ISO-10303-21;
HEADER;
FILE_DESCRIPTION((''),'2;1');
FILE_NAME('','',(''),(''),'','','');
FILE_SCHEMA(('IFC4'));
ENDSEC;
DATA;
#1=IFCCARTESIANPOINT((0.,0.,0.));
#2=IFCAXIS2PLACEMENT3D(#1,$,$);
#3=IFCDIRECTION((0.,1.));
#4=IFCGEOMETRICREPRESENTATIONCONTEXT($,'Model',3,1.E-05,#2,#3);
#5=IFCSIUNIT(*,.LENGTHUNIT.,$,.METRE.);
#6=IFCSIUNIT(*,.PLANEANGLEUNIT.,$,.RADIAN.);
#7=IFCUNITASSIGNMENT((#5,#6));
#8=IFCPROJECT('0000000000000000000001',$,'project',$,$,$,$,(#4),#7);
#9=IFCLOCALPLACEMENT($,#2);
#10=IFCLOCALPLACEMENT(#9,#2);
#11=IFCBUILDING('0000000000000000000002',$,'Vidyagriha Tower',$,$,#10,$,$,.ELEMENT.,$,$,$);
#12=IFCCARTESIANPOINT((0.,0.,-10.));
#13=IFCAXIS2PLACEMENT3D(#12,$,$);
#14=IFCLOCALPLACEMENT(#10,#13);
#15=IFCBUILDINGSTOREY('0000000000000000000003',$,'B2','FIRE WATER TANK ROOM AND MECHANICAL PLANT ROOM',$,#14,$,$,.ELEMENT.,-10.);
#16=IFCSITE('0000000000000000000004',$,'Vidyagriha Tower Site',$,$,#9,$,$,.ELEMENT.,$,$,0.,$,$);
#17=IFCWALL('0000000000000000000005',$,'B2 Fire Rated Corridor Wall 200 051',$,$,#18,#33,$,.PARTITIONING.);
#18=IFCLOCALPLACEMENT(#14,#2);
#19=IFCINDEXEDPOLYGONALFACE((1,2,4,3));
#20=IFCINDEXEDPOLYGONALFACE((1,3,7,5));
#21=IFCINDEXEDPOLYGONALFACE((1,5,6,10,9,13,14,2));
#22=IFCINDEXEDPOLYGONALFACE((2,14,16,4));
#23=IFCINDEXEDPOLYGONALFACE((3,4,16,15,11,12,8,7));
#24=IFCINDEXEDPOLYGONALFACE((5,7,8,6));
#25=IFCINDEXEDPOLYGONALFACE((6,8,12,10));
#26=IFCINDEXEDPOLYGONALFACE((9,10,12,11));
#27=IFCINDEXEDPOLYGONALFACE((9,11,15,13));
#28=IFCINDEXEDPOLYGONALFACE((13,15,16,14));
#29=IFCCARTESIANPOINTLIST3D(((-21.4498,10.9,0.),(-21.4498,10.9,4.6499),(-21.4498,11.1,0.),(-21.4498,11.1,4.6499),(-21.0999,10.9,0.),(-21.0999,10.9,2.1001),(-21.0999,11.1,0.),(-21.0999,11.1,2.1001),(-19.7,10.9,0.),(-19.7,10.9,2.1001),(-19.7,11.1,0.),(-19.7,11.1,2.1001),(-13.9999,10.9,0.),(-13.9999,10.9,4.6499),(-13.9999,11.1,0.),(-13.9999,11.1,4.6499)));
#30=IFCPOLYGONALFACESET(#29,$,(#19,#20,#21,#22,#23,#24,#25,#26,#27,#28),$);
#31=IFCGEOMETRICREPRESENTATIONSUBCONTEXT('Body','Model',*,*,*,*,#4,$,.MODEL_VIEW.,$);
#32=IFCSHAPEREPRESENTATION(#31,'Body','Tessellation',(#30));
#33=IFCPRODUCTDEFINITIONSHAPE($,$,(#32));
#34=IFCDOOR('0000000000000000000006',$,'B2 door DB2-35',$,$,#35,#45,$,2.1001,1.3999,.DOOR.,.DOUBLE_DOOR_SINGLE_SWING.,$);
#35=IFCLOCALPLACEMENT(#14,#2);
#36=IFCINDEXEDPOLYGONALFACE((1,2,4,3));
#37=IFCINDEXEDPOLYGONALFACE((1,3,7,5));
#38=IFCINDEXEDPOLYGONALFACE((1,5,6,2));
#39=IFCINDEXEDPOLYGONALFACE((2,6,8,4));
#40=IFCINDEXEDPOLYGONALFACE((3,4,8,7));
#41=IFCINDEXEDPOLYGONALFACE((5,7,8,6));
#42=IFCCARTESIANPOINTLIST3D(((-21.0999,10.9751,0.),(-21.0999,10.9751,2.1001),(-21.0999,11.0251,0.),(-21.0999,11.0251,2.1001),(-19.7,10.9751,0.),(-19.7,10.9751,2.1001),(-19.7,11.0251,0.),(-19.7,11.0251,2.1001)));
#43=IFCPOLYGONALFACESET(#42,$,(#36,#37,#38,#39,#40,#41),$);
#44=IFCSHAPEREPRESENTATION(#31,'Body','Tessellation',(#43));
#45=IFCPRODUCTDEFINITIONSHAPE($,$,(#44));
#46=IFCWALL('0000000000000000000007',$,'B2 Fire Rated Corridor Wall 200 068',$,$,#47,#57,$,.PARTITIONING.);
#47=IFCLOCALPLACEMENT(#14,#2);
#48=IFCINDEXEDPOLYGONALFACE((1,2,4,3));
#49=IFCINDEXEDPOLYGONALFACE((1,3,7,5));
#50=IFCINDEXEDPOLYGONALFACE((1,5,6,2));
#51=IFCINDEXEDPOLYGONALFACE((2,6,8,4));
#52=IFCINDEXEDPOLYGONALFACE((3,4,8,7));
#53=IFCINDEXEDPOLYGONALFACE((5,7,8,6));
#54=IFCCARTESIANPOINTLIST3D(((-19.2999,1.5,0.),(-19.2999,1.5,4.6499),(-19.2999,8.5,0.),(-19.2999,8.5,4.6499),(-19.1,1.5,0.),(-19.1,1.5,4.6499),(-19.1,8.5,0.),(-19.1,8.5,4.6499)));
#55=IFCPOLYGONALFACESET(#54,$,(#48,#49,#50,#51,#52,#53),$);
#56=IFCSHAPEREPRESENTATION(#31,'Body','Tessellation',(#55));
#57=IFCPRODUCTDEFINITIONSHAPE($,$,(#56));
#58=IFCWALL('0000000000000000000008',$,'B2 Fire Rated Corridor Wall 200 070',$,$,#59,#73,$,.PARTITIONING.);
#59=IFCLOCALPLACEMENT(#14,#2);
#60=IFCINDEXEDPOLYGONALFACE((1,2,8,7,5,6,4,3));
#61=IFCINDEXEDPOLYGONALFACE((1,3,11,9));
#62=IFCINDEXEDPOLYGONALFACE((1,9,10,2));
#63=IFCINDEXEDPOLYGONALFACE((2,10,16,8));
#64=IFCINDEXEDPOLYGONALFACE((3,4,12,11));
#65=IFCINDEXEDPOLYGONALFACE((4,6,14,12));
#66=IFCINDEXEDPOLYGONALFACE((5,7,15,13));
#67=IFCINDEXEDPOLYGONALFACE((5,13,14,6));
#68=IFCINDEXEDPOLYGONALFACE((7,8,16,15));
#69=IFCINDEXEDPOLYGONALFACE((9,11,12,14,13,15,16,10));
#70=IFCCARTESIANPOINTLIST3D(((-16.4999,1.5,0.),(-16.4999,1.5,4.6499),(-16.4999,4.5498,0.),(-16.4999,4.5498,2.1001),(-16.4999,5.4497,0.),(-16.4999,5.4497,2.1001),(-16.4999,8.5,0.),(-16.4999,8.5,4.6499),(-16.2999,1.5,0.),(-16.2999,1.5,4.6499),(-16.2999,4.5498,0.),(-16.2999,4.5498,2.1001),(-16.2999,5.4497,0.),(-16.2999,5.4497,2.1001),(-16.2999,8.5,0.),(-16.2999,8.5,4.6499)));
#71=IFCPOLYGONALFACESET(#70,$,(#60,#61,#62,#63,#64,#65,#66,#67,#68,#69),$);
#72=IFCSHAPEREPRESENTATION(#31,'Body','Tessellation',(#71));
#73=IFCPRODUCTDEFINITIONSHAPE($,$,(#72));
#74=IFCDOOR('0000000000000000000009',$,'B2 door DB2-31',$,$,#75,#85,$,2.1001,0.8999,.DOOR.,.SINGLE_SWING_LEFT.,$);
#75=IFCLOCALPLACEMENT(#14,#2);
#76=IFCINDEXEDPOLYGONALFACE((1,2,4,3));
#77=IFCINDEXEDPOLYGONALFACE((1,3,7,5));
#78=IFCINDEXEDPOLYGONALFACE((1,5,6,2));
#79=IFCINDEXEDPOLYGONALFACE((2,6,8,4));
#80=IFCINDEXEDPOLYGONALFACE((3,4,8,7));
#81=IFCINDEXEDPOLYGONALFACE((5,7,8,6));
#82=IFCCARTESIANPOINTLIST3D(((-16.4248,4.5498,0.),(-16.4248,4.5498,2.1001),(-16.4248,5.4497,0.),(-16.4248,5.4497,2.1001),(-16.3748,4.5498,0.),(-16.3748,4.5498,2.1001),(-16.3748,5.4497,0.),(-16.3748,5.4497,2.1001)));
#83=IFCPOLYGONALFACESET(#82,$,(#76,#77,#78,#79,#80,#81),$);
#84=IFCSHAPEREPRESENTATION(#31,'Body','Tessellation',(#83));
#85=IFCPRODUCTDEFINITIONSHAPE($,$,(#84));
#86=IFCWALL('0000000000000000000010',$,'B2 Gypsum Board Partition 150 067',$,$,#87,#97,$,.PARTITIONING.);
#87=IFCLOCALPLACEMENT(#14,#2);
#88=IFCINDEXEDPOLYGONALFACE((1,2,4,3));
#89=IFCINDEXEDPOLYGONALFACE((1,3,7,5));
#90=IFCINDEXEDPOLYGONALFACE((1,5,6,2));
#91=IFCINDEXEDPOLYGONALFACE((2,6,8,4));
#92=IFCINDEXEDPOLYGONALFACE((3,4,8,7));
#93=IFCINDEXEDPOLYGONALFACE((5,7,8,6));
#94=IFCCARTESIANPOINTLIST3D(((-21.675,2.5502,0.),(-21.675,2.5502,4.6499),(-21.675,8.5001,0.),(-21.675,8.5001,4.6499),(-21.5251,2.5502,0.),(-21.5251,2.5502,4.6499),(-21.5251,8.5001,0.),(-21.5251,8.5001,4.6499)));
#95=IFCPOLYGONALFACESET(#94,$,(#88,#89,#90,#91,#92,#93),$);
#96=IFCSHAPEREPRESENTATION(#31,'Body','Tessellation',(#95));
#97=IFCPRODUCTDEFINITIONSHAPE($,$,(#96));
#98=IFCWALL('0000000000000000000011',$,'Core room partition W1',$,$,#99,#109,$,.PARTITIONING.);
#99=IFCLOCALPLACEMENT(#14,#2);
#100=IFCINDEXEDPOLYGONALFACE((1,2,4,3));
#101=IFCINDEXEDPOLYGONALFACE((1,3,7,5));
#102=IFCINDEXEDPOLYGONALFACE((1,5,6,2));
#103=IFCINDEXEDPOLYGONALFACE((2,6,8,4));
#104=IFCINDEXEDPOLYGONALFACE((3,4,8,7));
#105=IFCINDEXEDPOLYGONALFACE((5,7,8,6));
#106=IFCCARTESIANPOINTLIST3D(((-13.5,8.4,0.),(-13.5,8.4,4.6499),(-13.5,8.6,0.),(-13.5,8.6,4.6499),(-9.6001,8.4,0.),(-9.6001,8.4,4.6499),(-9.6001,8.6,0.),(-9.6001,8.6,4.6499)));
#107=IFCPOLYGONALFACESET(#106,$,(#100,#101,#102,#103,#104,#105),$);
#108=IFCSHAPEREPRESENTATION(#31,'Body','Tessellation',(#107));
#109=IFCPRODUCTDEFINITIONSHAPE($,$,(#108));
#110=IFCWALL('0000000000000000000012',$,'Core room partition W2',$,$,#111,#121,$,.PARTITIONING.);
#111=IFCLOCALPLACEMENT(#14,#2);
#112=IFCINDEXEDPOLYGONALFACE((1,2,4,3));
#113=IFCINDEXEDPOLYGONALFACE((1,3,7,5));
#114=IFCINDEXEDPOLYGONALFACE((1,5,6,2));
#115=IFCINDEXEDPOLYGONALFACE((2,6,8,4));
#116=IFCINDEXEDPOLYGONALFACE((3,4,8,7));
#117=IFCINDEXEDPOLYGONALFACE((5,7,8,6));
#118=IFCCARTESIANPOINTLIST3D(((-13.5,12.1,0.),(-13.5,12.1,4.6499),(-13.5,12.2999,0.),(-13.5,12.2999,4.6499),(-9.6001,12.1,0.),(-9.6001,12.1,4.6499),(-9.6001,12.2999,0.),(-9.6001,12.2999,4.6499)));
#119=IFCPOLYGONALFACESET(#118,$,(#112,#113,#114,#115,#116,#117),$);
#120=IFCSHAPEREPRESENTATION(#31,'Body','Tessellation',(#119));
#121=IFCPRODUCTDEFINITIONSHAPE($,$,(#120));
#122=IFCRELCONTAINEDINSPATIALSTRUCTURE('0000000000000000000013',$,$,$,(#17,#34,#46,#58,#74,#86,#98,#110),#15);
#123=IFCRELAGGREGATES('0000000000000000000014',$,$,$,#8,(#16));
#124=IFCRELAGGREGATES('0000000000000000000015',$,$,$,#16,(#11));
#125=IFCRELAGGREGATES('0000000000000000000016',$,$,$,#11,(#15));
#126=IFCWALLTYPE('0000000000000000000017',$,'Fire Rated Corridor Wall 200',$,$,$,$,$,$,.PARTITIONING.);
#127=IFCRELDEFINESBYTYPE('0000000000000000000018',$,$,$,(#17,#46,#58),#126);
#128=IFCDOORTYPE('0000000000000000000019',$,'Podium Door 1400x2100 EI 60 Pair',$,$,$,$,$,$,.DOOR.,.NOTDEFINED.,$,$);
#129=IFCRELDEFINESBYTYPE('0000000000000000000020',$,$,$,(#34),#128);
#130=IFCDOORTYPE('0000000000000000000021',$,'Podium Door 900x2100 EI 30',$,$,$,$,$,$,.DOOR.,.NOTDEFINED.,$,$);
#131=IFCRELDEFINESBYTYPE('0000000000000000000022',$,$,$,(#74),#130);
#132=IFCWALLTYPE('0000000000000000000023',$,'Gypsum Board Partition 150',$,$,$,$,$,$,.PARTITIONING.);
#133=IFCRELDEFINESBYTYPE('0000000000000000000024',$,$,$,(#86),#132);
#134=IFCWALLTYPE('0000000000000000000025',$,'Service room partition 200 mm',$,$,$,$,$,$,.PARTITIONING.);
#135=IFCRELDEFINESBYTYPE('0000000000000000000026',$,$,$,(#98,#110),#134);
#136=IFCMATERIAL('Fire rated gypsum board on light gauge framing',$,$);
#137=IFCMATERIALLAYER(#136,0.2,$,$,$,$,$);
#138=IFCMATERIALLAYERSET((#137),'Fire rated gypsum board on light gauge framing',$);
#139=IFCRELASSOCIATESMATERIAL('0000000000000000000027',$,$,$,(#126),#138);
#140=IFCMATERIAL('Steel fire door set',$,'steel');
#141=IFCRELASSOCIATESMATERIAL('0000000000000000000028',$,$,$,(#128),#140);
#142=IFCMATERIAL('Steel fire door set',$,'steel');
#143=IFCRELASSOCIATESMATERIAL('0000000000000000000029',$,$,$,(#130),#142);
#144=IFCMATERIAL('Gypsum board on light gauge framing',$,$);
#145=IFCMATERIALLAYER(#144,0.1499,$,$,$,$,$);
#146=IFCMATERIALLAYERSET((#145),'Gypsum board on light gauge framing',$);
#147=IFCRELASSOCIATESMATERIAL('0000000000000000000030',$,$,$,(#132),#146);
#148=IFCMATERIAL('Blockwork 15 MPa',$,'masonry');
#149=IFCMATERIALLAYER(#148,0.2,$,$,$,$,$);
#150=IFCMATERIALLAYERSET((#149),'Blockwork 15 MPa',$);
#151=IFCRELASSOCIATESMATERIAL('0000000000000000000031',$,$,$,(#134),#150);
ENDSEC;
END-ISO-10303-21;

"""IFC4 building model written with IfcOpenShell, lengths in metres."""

from ifc_helpers import new_model, si_unit, direction, frame, frame_2d, origin, place, context, subcontext, project, spatial, rectangle, extrude, material, layer, layer_set, type_object, element, fill, save


model = new_model("IFC4")

# Units and contexts
model_context = context("Model", 3, precision=1e-05, world=origin(), true_north=direction((0.0, 1.0)))
body_context = subcontext(model_context, "Body", "Model", "MODEL_VIEW")
ifc_project = project(units=[si_unit("LENGTHUNIT", "METRE"), si_unit("PLANEANGLEUNIT", "RADIAN")], contexts=[model_context])

# Site, building, storey
site_placement = place(None, origin())
site = spatial("IfcSite", under=ifc_project, at=site_placement, Name="Vidyagriha Tower Site", CompositionType="ELEMENT", RefElevation=0.0)
building_placement = place(site_placement, origin())
building = spatial("IfcBuilding", under=site, at=building_placement, Name="Vidyagriha Tower", CompositionType="ELEMENT")
storey_placement = place(building_placement, frame((0.0, 0.0, -10.0)))
storey = spatial("IfcBuildingStorey", under=building, at=storey_placement, Name="B2", Description="FIRE WATER TANK ROOM AND MECHANICAL PLANT ROOM", CompositionType="ELEMENT", Elevation=-10.0)

# Wall, opening, door
ifc_material_1 = material(Name="Fire rated gypsum board on light gauge framing")
ifc_layer_1 = layer(ifc_material_1, 0.2)
ifc_layer_set_1 = layer_set([ifc_layer_1], Name="Fire rated gypsum board on light gauge framing")
wall_type_1 = type_object("IfcWallType", Name="Fire Rated Corridor Wall 200", PredefinedType="PARTITIONING", material=ifc_layer_set_1)
wall_1_placement = place(storey_placement, frame((-21.45, 11.0, 0.0)))
wall_1 = element("IfcWall", 1, at=wall_1_placement, inside=storey, type_object=wall_type_1, Name="B2 Fire Rated Corridor Wall 200 051", PredefinedType="PARTITIONING", context=body_context, shape_type="SweptSolid", body=[
    extrude(rectangle(XDim=7.45, YDim=0.2, at=frame_2d((3.7251, 0.0))), origin(), (0.0, 0.0, 1.0), 4.6499),
])
opening_1_placement = place(wall_1_placement, frame((0.3501, 0.0, 0.0)))
opening_1 = element("IfcOpeningElement", 2, at=opening_1_placement, cuts=wall_1, PredefinedType="OPENING", context=body_context, shape_type="SweptSolid", body=[
    extrude(rectangle(XDim=1.3999, YDim=2.1001, at=frame_2d((0.7, 1.05))), frame((0.0, 0.1099, 0.0), z_axis=(0.0, -1.0, 0.0), x_axis=(1.0, 0.0, 0.0)), (0.0, 0.0, 1.0), 0.22),
])
ifc_material_2 = material(Name="Steel fire door set", Category="steel")
door_type_1 = type_object("IfcDoorType", Name="Podium Door 1400x2100 EI 60 Pair", OperationType="NOTDEFINED", PredefinedType="DOOR", material=ifc_material_2)
door_1_placement = place(opening_1_placement, frame((1.3999, 0.0, 0.0), z_axis=(0.0, 0.0, 1.0), x_axis=(-1.0, 0.0, 0.0)))
door_1 = element("IfcDoor", 3, at=door_1_placement, inside=storey, type_object=door_type_1, Name="B2 door DB2-35", OperationType="DOUBLE_DOOR_SINGLE_SWING", OverallHeight=2.1001, OverallWidth=1.3999, PredefinedType="DOOR", context=body_context, shape_type="SweptSolid", body=[
    extrude(rectangle(XDim=1.3999, YDim=2.1001, at=frame_2d((0.7, 1.05))), frame((0.0, 0.0249, 0.0), z_axis=(0.0, -1.0, 0.0), x_axis=(1.0, 0.0, 0.0)), (0.0, 0.0, 1.0), 0.05),
])
fill(opening_1, door_1)

# Wall
wall_2_placement = place(storey_placement, frame((-19.2, 1.5, 0.0), z_axis=(0.0, 0.0, 1.0), x_axis=(0.0, 1.0, 0.0)))
element("IfcWall", 4, at=wall_2_placement, inside=storey, type_object=wall_type_1, Name="B2 Fire Rated Corridor Wall 200 068", PredefinedType="PARTITIONING", context=body_context, shape_type="SweptSolid", body=[
    extrude(rectangle(XDim=7.0, YDim=0.2, at=frame_2d((3.5, 0.0))), origin(), (0.0, 0.0, 1.0), 4.6499),
])

# Wall, opening, door
wall_3_placement = place(storey_placement, frame((-16.3999, 1.5, 0.0), z_axis=(0.0, 0.0, 1.0), x_axis=(0.0, 1.0, 0.0)))
wall_3 = element("IfcWall", 5, at=wall_3_placement, inside=storey, type_object=wall_type_1, Name="B2 Fire Rated Corridor Wall 200 070", PredefinedType="PARTITIONING", context=body_context, shape_type="SweptSolid", body=[
    extrude(rectangle(XDim=7.0, YDim=0.2, at=frame_2d((3.5, 0.0))), origin(), (0.0, 0.0, 1.0), 4.6499),
])
opening_2_placement = place(wall_3_placement, frame((3.0498, 0.0, 0.0)))
opening_2 = element("IfcOpeningElement", 6, at=opening_2_placement, cuts=wall_3, PredefinedType="OPENING", context=body_context, shape_type="SweptSolid", body=[
    extrude(rectangle(XDim=0.8999, YDim=2.1001, at=frame_2d((0.45, 1.05))), frame((0.0, 0.1099, 0.0), z_axis=(0.0, -1.0, 0.0), x_axis=(1.0, 0.0, 0.0)), (0.0, 0.0, 1.0), 0.22),
])
ifc_material_3 = material(Name="Steel fire door set", Category="steel")
door_type_2 = type_object("IfcDoorType", Name="Podium Door 900x2100 EI 30", OperationType="NOTDEFINED", PredefinedType="DOOR", material=ifc_material_3)
door_2_placement = place(opening_2_placement, origin())
door_2 = element("IfcDoor", 7, at=door_2_placement, inside=storey, type_object=door_type_2, Name="B2 door DB2-31", OperationType="SINGLE_SWING_LEFT", OverallHeight=2.1001, OverallWidth=0.8999, PredefinedType="DOOR", context=body_context, shape_type="SweptSolid", body=[
    extrude(rectangle(XDim=0.8999, YDim=2.1001, at=frame_2d((0.45, 1.05))), frame((0.0, 0.0249, 0.0), z_axis=(0.0, -1.0, 0.0), x_axis=(1.0, 0.0, 0.0)), (0.0, 0.0, 1.0), 0.05),
])
fill(opening_2, door_2)

# Walls
ifc_material_4 = material(Name="Gypsum board on light gauge framing")
ifc_layer_2 = layer(ifc_material_4, 0.1499)
ifc_layer_set_2 = layer_set([ifc_layer_2], Name="Gypsum board on light gauge framing")
wall_type_2 = type_object("IfcWallType", Name="Gypsum Board Partition 150", PredefinedType="PARTITIONING", material=ifc_layer_set_2)
wall_4_placement = place(storey_placement, frame((-21.6001, 2.55, 0.0), z_axis=(0.0, 0.0, 1.0), x_axis=(0.0, 1.0, 0.0)))
element("IfcWall", 8, at=wall_4_placement, inside=storey, type_object=wall_type_2, Name="B2 Gypsum Board Partition 150 067", PredefinedType="PARTITIONING", context=body_context, shape_type="SweptSolid", body=[
    extrude(rectangle(XDim=5.95, YDim=0.1499, at=frame_2d((2.9751, 0.0))), origin(), (0.0, 0.0, 1.0), 4.6499),
])
ifc_material_5 = material(Name="Blockwork 15 MPa", Category="masonry")
ifc_layer_3 = layer(ifc_material_5, 0.2)
ifc_layer_set_3 = layer_set([ifc_layer_3], Name="Blockwork 15 MPa")
wall_type_3 = type_object("IfcWallType", Name="Service room partition 200 mm", PredefinedType="PARTITIONING", material=ifc_layer_set_3)
for number, where, name in (
    (9, (-13.5, 8.5, 0.0), "Core room partition W1"),
    (10, (-13.5, 12.2, 0.0), "Core room partition W2"),
):
    element("IfcWall", number, at=place(storey_placement, frame(where)), inside=storey, type_object=wall_type_3, Name=name, PredefinedType="PARTITIONING", context=body_context, shape_type="SweptSolid", body=[
        extrude(rectangle(XDim=3.8999, YDim=0.2, at=frame_2d((1.95, 0.0))), origin(), (0.0, 0.0, 1.0), 4.6499),
    ])

save(model, "model.ifc")
